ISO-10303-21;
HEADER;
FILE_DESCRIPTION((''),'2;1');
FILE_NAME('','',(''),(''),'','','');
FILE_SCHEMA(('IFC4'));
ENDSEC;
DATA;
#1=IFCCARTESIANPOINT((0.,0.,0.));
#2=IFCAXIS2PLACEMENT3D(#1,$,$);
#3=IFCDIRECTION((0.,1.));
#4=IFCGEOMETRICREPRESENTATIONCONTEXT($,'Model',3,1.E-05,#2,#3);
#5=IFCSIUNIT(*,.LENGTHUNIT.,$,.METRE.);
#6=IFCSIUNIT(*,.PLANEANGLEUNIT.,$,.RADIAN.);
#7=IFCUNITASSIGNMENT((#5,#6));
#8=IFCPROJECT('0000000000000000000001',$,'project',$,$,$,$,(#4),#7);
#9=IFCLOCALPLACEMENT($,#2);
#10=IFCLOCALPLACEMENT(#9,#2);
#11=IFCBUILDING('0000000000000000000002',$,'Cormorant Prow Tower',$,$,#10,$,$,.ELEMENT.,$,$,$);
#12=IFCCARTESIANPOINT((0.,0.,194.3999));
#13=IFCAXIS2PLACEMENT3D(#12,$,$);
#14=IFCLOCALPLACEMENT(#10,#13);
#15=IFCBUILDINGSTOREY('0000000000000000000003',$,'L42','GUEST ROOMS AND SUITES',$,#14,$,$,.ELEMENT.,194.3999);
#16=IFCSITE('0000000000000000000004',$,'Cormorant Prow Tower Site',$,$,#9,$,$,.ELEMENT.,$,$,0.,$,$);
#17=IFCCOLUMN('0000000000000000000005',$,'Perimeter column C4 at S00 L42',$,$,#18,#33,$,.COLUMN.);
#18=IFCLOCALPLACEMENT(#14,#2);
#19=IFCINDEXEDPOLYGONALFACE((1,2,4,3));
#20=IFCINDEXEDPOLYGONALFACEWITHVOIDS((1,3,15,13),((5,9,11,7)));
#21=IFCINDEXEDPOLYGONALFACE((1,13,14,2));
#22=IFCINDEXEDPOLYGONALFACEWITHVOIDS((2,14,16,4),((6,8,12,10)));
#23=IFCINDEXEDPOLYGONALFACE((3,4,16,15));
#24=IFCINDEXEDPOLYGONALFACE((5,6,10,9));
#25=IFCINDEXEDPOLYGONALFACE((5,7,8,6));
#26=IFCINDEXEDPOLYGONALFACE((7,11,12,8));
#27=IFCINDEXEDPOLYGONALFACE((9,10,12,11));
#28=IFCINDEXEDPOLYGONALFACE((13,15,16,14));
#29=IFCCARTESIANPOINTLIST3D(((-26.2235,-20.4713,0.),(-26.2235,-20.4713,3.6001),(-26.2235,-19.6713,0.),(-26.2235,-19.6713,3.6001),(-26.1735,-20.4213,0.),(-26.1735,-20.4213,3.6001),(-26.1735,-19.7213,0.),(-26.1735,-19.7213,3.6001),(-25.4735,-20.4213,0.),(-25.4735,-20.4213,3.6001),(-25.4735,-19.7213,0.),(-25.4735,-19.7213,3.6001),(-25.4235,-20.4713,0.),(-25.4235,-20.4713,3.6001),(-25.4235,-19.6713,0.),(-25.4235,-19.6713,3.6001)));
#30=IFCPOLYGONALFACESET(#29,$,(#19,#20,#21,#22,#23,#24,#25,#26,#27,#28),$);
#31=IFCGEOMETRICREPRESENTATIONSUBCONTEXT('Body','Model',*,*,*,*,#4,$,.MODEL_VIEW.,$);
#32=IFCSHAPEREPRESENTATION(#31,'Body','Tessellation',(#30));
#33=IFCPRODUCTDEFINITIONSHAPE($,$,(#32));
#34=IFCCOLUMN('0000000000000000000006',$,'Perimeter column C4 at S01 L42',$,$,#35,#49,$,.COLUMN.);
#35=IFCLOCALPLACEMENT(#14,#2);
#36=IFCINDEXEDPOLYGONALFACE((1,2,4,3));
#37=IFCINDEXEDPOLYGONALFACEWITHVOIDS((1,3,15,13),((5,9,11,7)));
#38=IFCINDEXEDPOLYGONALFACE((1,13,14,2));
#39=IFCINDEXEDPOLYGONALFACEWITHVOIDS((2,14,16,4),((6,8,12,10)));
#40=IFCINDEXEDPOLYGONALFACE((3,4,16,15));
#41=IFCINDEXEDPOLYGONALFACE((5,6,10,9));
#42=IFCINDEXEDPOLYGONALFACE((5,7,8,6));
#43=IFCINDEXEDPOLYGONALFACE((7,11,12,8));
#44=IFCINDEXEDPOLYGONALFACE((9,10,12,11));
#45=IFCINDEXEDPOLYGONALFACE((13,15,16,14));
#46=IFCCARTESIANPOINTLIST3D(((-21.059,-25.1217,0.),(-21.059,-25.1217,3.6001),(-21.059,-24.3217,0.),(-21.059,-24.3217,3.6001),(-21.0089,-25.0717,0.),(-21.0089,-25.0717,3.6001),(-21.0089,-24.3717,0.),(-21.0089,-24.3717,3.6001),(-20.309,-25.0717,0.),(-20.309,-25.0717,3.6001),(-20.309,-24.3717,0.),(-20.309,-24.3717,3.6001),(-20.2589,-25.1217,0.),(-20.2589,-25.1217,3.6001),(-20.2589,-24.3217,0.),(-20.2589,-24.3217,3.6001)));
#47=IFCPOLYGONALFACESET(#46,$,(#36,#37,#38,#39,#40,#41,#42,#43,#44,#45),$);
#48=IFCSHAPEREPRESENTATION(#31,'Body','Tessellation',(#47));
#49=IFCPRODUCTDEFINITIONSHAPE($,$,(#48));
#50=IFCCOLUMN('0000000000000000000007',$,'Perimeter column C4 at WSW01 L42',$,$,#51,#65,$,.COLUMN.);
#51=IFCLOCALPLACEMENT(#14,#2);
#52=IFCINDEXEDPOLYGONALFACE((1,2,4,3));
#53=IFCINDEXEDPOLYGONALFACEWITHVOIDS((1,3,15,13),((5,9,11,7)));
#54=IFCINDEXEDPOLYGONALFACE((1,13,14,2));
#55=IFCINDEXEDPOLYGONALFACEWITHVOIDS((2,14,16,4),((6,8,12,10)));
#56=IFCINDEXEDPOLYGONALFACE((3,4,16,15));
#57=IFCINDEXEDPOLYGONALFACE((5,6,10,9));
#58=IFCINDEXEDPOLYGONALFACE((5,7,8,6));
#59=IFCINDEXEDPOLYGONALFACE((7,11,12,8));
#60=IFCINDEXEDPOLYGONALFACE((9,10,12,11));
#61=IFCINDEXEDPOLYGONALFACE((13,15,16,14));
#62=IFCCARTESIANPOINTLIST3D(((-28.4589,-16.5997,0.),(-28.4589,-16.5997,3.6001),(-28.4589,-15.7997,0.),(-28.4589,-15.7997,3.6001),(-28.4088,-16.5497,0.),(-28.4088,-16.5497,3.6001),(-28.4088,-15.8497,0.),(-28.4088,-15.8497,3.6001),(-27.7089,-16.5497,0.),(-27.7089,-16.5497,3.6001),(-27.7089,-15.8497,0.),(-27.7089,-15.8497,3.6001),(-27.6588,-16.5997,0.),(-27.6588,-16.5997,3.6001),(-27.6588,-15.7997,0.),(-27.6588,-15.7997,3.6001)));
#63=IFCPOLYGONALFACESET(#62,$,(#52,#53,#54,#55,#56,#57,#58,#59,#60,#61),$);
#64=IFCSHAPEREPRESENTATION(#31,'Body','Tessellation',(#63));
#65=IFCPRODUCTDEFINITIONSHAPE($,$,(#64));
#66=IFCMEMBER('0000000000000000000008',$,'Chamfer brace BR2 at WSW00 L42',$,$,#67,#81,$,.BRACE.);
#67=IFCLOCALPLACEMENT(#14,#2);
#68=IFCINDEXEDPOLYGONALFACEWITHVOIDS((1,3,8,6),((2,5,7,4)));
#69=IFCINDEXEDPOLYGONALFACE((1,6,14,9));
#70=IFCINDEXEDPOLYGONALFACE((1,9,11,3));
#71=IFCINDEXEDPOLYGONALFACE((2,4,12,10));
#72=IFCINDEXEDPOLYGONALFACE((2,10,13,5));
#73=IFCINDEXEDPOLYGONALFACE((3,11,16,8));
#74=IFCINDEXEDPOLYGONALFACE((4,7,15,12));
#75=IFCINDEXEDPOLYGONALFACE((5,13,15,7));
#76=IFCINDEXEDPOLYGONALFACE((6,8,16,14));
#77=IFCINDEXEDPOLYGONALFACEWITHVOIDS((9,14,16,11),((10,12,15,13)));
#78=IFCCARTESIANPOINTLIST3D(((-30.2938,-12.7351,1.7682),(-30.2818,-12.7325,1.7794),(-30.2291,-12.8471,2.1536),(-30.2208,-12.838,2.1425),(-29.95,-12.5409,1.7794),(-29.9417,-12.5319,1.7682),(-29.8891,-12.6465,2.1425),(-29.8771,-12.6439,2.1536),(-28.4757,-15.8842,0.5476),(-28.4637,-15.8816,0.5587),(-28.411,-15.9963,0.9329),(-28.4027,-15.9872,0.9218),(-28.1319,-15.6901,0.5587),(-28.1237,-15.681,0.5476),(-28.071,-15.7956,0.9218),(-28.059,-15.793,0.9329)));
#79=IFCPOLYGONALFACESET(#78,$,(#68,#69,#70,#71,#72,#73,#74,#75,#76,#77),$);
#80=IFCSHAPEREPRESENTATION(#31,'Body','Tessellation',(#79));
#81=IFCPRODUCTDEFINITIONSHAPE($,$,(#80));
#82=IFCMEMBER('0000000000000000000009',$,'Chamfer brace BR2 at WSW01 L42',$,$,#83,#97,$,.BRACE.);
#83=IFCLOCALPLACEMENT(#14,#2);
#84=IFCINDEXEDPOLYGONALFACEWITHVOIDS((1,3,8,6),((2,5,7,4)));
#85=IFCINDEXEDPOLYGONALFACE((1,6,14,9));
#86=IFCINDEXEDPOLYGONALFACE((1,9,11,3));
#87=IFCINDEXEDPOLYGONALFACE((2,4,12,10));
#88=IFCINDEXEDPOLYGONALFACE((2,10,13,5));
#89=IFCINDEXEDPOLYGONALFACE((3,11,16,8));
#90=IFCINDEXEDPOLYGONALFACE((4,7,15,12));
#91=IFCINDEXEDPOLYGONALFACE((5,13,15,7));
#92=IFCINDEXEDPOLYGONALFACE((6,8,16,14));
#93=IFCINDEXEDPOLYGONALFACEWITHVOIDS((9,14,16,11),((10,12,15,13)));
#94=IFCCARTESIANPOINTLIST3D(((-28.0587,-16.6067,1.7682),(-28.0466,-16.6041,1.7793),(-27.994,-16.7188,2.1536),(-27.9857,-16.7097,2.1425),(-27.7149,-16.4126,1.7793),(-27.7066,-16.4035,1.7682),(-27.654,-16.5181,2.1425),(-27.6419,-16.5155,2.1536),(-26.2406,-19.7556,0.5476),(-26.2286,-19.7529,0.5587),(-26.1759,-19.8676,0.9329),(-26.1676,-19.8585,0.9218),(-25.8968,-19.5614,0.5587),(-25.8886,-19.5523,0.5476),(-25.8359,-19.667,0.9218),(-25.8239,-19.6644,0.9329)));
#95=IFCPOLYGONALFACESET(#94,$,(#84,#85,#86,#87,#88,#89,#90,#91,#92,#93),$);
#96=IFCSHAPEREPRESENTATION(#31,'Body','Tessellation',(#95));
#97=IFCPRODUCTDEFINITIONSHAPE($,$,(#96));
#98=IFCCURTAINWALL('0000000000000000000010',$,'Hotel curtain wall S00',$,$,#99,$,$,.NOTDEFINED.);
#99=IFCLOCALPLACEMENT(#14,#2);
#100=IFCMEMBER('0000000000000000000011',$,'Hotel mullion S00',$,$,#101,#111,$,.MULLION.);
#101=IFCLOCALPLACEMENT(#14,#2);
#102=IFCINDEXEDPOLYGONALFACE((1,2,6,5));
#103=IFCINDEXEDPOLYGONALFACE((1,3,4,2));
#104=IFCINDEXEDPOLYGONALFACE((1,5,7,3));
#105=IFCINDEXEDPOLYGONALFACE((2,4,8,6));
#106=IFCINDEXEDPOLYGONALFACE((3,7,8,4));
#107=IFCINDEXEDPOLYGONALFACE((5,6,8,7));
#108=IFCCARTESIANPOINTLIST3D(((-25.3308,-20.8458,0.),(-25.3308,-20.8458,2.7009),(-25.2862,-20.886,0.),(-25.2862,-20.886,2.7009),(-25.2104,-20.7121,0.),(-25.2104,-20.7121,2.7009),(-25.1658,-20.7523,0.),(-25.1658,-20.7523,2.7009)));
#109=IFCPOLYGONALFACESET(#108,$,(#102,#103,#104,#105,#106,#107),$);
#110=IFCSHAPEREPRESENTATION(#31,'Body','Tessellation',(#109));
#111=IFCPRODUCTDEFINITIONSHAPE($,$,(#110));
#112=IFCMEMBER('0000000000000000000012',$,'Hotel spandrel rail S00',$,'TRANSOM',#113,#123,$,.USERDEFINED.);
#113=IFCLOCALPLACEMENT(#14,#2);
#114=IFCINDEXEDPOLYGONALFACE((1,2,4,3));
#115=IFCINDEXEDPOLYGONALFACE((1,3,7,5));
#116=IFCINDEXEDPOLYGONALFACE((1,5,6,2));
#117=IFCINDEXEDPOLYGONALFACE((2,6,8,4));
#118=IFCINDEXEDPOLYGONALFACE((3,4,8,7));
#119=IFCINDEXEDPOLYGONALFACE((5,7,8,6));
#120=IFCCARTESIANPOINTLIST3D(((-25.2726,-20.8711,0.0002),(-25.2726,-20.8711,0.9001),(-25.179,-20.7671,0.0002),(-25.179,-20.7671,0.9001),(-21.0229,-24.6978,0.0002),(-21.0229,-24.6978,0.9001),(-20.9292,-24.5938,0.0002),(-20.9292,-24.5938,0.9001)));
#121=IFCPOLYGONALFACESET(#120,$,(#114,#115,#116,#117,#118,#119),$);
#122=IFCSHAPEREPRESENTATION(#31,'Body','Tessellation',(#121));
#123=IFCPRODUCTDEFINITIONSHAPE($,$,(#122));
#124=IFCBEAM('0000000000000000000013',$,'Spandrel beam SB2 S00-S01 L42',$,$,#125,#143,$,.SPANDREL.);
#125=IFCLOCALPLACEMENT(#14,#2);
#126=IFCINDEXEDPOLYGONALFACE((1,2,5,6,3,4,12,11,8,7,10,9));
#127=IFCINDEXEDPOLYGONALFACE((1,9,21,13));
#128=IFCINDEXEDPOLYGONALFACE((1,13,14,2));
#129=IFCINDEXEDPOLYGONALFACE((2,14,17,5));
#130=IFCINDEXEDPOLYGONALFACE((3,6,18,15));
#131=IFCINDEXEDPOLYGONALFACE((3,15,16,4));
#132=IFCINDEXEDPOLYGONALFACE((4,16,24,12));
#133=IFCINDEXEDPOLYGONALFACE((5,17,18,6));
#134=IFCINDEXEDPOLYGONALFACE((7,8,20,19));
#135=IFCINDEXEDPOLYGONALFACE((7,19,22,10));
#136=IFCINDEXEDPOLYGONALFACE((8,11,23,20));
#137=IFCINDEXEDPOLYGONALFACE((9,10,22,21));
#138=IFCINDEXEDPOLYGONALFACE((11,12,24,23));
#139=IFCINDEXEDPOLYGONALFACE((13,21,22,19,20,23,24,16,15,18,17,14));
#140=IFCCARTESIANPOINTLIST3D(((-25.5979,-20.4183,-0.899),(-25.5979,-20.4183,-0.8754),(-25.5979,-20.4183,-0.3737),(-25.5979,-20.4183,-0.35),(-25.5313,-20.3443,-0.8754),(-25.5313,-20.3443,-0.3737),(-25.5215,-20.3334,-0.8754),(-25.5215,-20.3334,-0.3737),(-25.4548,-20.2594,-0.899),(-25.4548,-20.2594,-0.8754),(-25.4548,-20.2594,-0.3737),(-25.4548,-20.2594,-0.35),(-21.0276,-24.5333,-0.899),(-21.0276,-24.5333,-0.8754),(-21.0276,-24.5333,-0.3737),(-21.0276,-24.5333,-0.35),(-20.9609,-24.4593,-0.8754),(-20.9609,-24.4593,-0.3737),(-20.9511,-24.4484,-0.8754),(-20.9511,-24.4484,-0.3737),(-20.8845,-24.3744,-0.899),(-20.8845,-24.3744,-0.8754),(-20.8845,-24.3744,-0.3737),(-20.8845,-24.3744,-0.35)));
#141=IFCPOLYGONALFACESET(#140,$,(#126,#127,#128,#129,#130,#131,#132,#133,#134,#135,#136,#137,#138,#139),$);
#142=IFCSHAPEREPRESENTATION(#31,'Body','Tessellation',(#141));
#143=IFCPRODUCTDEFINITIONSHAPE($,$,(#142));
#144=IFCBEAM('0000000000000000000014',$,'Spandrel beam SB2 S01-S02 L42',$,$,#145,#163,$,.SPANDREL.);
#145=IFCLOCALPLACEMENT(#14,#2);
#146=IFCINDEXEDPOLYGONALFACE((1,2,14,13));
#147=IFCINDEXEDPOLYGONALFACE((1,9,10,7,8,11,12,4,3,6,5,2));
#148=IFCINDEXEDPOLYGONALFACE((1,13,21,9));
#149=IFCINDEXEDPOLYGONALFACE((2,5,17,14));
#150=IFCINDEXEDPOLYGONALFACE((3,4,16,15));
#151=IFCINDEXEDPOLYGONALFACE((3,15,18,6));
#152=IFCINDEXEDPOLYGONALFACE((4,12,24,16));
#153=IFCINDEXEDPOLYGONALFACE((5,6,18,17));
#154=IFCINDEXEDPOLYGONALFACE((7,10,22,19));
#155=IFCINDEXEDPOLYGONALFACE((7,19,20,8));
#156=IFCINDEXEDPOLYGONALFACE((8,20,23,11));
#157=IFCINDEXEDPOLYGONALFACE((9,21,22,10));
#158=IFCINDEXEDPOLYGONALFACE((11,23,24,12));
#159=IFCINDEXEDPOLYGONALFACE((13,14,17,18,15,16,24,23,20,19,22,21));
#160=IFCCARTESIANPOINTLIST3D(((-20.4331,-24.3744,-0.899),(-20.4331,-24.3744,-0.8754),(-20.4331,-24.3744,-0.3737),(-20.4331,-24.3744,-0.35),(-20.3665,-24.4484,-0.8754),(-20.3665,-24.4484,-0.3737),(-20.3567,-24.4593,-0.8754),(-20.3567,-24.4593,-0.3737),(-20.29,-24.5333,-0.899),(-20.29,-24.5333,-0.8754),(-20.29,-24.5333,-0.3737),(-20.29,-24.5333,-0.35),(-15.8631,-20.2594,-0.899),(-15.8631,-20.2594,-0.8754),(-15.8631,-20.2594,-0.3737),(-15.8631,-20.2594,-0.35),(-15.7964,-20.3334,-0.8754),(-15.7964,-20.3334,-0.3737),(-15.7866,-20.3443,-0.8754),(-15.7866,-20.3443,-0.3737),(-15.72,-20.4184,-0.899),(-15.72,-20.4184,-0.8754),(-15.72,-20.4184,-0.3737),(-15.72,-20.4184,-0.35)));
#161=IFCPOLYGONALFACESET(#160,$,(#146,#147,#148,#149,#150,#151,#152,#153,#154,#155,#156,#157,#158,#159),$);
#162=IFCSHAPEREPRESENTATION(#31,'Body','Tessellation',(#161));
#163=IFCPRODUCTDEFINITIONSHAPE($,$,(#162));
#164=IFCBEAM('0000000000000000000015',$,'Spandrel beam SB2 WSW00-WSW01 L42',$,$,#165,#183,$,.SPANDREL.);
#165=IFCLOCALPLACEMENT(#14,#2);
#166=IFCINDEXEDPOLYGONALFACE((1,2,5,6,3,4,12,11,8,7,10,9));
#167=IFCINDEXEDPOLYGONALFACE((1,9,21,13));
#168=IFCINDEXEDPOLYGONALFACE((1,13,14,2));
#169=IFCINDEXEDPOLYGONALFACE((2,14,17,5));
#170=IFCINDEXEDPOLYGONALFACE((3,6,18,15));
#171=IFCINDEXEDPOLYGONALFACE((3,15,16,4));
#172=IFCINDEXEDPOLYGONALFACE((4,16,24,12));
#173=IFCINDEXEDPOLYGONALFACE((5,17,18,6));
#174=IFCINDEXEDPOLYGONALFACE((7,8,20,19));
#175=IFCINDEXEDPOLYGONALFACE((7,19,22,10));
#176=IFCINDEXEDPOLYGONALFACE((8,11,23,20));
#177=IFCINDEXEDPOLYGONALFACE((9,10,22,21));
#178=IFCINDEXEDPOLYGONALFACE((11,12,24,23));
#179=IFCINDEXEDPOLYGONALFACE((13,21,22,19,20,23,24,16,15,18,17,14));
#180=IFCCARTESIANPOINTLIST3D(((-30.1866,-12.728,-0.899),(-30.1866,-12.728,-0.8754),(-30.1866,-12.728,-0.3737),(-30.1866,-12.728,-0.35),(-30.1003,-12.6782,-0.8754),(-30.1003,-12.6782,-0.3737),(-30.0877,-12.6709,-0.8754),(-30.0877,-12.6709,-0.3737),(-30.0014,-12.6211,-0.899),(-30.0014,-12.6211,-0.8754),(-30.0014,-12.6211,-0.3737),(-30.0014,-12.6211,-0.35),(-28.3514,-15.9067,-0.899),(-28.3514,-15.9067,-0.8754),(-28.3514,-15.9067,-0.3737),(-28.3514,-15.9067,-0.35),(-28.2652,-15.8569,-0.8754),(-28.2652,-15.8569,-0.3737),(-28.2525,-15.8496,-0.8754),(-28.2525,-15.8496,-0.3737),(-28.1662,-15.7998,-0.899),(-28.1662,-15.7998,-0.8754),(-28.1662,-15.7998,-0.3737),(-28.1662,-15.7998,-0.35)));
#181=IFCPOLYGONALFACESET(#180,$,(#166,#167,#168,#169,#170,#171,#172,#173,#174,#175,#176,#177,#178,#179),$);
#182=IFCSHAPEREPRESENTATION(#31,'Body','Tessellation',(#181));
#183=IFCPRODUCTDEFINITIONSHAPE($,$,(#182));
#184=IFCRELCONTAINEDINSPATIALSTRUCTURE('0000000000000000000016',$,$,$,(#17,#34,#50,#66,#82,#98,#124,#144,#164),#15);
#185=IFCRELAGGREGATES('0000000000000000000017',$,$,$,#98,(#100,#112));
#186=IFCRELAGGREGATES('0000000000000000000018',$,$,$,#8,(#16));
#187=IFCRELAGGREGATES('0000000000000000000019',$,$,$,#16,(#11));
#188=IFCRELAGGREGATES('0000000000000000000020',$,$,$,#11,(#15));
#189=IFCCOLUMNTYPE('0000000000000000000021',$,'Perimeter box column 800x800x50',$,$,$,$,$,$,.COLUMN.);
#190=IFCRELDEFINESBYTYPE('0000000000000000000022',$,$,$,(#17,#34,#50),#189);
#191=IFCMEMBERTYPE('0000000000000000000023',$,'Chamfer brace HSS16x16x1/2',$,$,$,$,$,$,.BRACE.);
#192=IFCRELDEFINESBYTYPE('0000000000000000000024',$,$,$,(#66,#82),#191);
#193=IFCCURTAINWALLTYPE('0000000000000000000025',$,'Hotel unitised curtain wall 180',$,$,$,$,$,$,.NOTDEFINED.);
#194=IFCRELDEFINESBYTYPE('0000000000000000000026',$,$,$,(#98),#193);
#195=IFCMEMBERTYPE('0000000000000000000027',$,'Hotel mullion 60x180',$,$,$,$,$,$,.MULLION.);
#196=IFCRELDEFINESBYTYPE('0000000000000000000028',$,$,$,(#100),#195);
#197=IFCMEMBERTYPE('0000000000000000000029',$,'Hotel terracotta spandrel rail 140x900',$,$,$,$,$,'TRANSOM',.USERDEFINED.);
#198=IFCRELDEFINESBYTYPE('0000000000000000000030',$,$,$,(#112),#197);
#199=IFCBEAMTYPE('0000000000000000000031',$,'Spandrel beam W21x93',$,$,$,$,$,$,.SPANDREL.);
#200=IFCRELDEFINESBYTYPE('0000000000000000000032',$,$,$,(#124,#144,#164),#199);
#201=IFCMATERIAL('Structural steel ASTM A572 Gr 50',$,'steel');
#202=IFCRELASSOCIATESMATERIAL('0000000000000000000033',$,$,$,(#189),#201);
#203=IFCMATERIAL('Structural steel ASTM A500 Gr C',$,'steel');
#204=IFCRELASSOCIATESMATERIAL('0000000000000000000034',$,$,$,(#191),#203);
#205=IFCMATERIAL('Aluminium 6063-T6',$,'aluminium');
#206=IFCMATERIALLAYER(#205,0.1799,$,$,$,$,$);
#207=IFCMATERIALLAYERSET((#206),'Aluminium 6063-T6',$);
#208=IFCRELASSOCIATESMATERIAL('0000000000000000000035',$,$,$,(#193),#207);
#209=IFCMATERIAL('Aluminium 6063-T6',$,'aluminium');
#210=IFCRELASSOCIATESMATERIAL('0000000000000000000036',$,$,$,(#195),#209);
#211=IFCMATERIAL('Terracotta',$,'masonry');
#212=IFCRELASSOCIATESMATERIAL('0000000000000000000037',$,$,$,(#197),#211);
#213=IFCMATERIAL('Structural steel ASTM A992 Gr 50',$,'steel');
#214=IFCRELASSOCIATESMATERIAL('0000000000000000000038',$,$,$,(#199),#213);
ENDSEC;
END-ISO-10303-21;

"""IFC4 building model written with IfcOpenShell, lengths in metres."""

from ifc_helpers import new_model, si_unit, direction, frame, origin, origin_2d, place, context, subcontext, project, spatial, rectangle, hollow_rectangle, i_section, extrude, material, layer, layer_set, material_profile, profile_set, type_object, element, aggregate, save


model = new_model("IFC4")

# Units and contexts
model_context = context("Model", 3, precision=1e-05, world=origin(), true_north=direction((0.0, 1.0)))
body_context = subcontext(model_context, "Body", "Model", "MODEL_VIEW")
ifc_project = project(units=[si_unit("LENGTHUNIT", "METRE"), si_unit("PLANEANGLEUNIT", "RADIAN")], contexts=[model_context])

# Site, building, storey
site_placement = place(None, origin())
site = spatial("IfcSite", under=ifc_project, at=site_placement, Name="Cormorant Prow Tower Site", CompositionType="ELEMENT", RefElevation=0.0)
building_placement = place(site_placement, origin())
building = spatial("IfcBuilding", under=site, at=building_placement, Name="Cormorant Prow Tower", CompositionType="ELEMENT")
storey_placement = place(building_placement, frame((0.0, 0.0, 194.3999)))
storey = spatial("IfcBuildingStorey", under=building, at=storey_placement, Name="L42", Description="GUEST ROOMS AND SUITES", CompositionType="ELEMENT", Elevation=194.3999)

# Columns
ifc_material_1 = material(Name="Structural steel ASTM A572 Gr 50", Category="steel")
ifc_material_profile_1 = material_profile(ifc_material_1, hollow_rectangle(XDim=0.8, YDim=0.8, WallThickness=0.05, at=origin_2d()), Name="Box 800x800x50")
ifc_profile_set_1 = profile_set([ifc_material_profile_1], Name="Structural steel ASTM A572 Gr 50")
column_type = type_object("IfcColumnType", Name="Perimeter box column 800x800x50", PredefinedType="COLUMN", material=ifc_profile_set_1)
for number, where, z_axis, x_axis, name in (
    (1, (-25.8235, -20.0713, 0.0), (0.0, 0.0, 1.0), (1.0, 0.0, 0.0), "Perimeter column C4 at S00 L42"),
    (2, (-20.6589, -24.7217, 0.0), (0.0, 0.0, 1.0), (1.0, 0.0, 0.0), "Perimeter column C4 at S01 L42"),
    (3, (-28.0588, -16.1997, 0.0), (0.0, 0.0, 1.0), (1.0, 0.0, 0.0), "Perimeter column C4 at WSW01 L42"),
):
    element("IfcColumn", number, at=place(storey_placement, frame(where, z_axis=z_axis, x_axis=x_axis)), inside=storey, type_object=column_type, Name=name, PredefinedType="COLUMN", context=body_context, shape_type="SweptSolid", body=[
        extrude(hollow_rectangle(XDim=0.8, YDim=0.8, WallThickness=0.05, at=origin_2d()), origin(), (0.0, 0.0, 1.0), 3.6001),
    ])

# Members
ifc_material_2 = material(Name="Structural steel ASTM A500 Gr C", Category="steel")
ifc_material_profile_2 = material_profile(ifc_material_2, hollow_rectangle(XDim=0.4065, YDim=0.4065, WallThickness=0.0117, at=origin_2d()), Name="HSS16x16x1/2")
ifc_profile_set_2 = profile_set([ifc_material_profile_2], Name="Structural steel ASTM A500 Gr C")
member_type_1 = type_object("IfcMemberType", Name="Chamfer brace HSS16x16x1/2", PredefinedType="BRACE", material=ifc_profile_set_2)
member_1_placement = place(storey_placement, frame((-28.2673, -15.8386, 0.7402), z_axis=(-0.473993, 0.821006, 0.318244), x_axis=(-0.866032, -0.499988, 0.0)))
element("IfcMember", 4, at=member_1_placement, inside=storey, type_object=member_type_1, Name="Chamfer brace BR2 at WSW00 L42", PredefinedType="BRACE", context=body_context, shape_type="SweptSolid", body=[
    extrude(hollow_rectangle(XDim=0.4065, YDim=0.4065, WallThickness=0.0117, at=origin_2d()), origin(), (0.0, 0.0, 1.0), 3.8357),
])
member_2_placement = place(storey_placement, frame((-26.0322, -19.71, 0.7402), z_axis=(-0.474018, 0.820986, 0.318261), x_axis=(-0.866016, -0.500017, 0.0)))
element("IfcMember", 5, at=member_2_placement, inside=storey, type_object=member_type_1, Name="Chamfer brace BR2 at WSW01 L42", PredefinedType="BRACE", context=body_context, shape_type="SweptSolid", body=[
    extrude(hollow_rectangle(XDim=0.4065, YDim=0.4065, WallThickness=0.0117, at=origin_2d()), origin(), (0.0, 0.0, 1.0), 3.8354),
])

# Curtain wall, members
ifc_material_3 = material(Name="Aluminium 6063-T6", Category="aluminium")
ifc_layer_1 = layer(ifc_material_3, 0.1799)
ifc_layer_set_1 = layer_set([ifc_layer_1], Name="Aluminium 6063-T6")
curtain_wall_type = type_object("IfcCurtainWallType", Name="Hotel unitised curtain wall 180", PredefinedType="NOTDEFINED", material=ifc_layer_set_1)
curtain_wall_placement = place(storey_placement, origin())
curtain_wall = element("IfcCurtainWall", 6, at=curtain_wall_placement, inside=storey, type_object=curtain_wall_type, Name="Hotel curtain wall S00", PredefinedType="NOTDEFINED")
ifc_material_4 = material(Name="Aluminium 6063-T6", Category="aluminium")
ifc_material_profile_3 = material_profile(ifc_material_4, rectangle(XDim=0.1799, YDim=0.0601, at=origin_2d()), Name="Hotel mullion 60x180")
ifc_profile_set_3 = profile_set([ifc_material_profile_3], Name="Aluminium 6063-T6")
member_type_2 = type_object("IfcMemberType", Name="Hotel mullion 60x180", PredefinedType="MULLION", material=ifc_profile_set_3)
member_3_placement = place(storey_placement, frame((-25.2483, -20.7991, 0.0), z_axis=(0.0, 0.0, 1.0), x_axis=(0.669131, 0.743145, 0.0)))
member_3 = element("IfcMember", 7, at=member_3_placement, type_object=member_type_2, Name="Hotel mullion S00", PredefinedType="MULLION", context=body_context, shape_type="SweptSolid", body=[
    extrude(rectangle(XDim=0.1799, YDim=0.0601, at=origin_2d()), origin(), (0.0, 0.0, 1.0), 2.7009),
])
ifc_material_5 = material(Name="Terracotta", Category="masonry")
ifc_material_profile_4 = material_profile(ifc_material_5, rectangle(XDim=0.1399, YDim=0.8999, at=origin_2d()), Name="Hotel terracotta spandrel rail 140x900")
ifc_profile_set_4 = profile_set([ifc_material_profile_4], Name="Terracotta")
member_type_3 = type_object("IfcMemberType", Name="Hotel terracotta spandrel rail 140x900", ElementType="TRANSOM", PredefinedType="USERDEFINED", material=ifc_profile_set_4)
member_4_placement = place(storey_placement, frame((-25.2258, -20.8191, 0.4502), z_axis=(0.743131, -0.669146, 0.0), x_axis=(0.669146, 0.743131, 0.0)))
member_4 = element("IfcMember", 8, at=member_4_placement, type_object=member_type_3, Name="Hotel spandrel rail S00", ObjectType="TRANSOM", PredefinedType="USERDEFINED", context=body_context, shape_type="SweptSolid", body=[
    extrude(rectangle(XDim=0.1399, YDim=0.8999, at=origin_2d()), origin(), (0.0, 0.0, 1.0), 5.7188),
])

# Beams
ifc_material_6 = material(Name="Structural steel ASTM A992 Gr 50", Category="steel")
ifc_material_profile_5 = material_profile(ifc_material_6, i_section(OverallWidth=0.2139, OverallDepth=0.5491, WebThickness=0.0146, FlangeThickness=0.0237, at=origin_2d()), Name="W21x93")
ifc_profile_set_5 = profile_set([ifc_material_profile_5], Name="Structural steel ASTM A992 Gr 50")
beam_type = type_object("IfcBeamType", Name="Spandrel beam W21x93", PredefinedType="SPANDREL", material=ifc_profile_set_5)
beam_1_placement = place(storey_placement, frame((-25.5264, -20.3389, -0.6245), z_axis=(0.743156, -0.669118, 0.0), x_axis=(0.669118, 0.743156, 0.0)))
element("IfcBeam", 9, at=beam_1_placement, inside=storey, type_object=beam_type, Name="Spandrel beam SB2 S00-S01 L42", PredefinedType="SPANDREL", context=body_context, shape_type="SweptSolid", body=[
    extrude(i_section(OverallWidth=0.2139, OverallDepth=0.5491, WebThickness=0.0146, FlangeThickness=0.0237, at=origin_2d()), origin(), (0.0, 0.0, 1.0), 6.1499),
])
beam_2_placement = place(storey_placement, frame((-20.3616, -24.4539, -0.6245), z_axis=(0.743138, 0.669138, 0.0), x_axis=(-0.669138, 0.743138, 0.0)))
element("IfcBeam", 10, at=beam_2_placement, inside=storey, type_object=beam_type, Name="Spandrel beam SB2 S01-S02 L42", PredefinedType="SPANDREL", context=body_context, shape_type="SweptSolid", body=[
    extrude(i_section(OverallWidth=0.2139, OverallDepth=0.5491, WebThickness=0.0146, FlangeThickness=0.0237, at=origin_2d()), origin(), (0.0, 0.0, 1.0), 6.1497),
])
for number, where, z_axis, x_axis, name in (
    (11, (-30.094, -12.6746, -0.6245), (0.499995, -0.866028, 0.0), (0.866028, 0.499995, 0.0), "Spandrel beam SB2 WSW00-WSW01 L42"),
):
    element("IfcBeam", number, at=place(storey_placement, frame(where, z_axis=z_axis, x_axis=x_axis)), inside=storey, type_object=beam_type, Name=name, PredefinedType="SPANDREL", context=body_context, shape_type="SweptSolid", body=[
        extrude(i_section(OverallWidth=0.2139, OverallDepth=0.5491, WebThickness=0.0146, FlangeThickness=0.0237, at=origin_2d()), origin(), (0.0, 0.0, 1.0), 3.6704),
    ])

aggregate(curtain_wall, [member_3, member_4])

save(model, "model.ifc")
